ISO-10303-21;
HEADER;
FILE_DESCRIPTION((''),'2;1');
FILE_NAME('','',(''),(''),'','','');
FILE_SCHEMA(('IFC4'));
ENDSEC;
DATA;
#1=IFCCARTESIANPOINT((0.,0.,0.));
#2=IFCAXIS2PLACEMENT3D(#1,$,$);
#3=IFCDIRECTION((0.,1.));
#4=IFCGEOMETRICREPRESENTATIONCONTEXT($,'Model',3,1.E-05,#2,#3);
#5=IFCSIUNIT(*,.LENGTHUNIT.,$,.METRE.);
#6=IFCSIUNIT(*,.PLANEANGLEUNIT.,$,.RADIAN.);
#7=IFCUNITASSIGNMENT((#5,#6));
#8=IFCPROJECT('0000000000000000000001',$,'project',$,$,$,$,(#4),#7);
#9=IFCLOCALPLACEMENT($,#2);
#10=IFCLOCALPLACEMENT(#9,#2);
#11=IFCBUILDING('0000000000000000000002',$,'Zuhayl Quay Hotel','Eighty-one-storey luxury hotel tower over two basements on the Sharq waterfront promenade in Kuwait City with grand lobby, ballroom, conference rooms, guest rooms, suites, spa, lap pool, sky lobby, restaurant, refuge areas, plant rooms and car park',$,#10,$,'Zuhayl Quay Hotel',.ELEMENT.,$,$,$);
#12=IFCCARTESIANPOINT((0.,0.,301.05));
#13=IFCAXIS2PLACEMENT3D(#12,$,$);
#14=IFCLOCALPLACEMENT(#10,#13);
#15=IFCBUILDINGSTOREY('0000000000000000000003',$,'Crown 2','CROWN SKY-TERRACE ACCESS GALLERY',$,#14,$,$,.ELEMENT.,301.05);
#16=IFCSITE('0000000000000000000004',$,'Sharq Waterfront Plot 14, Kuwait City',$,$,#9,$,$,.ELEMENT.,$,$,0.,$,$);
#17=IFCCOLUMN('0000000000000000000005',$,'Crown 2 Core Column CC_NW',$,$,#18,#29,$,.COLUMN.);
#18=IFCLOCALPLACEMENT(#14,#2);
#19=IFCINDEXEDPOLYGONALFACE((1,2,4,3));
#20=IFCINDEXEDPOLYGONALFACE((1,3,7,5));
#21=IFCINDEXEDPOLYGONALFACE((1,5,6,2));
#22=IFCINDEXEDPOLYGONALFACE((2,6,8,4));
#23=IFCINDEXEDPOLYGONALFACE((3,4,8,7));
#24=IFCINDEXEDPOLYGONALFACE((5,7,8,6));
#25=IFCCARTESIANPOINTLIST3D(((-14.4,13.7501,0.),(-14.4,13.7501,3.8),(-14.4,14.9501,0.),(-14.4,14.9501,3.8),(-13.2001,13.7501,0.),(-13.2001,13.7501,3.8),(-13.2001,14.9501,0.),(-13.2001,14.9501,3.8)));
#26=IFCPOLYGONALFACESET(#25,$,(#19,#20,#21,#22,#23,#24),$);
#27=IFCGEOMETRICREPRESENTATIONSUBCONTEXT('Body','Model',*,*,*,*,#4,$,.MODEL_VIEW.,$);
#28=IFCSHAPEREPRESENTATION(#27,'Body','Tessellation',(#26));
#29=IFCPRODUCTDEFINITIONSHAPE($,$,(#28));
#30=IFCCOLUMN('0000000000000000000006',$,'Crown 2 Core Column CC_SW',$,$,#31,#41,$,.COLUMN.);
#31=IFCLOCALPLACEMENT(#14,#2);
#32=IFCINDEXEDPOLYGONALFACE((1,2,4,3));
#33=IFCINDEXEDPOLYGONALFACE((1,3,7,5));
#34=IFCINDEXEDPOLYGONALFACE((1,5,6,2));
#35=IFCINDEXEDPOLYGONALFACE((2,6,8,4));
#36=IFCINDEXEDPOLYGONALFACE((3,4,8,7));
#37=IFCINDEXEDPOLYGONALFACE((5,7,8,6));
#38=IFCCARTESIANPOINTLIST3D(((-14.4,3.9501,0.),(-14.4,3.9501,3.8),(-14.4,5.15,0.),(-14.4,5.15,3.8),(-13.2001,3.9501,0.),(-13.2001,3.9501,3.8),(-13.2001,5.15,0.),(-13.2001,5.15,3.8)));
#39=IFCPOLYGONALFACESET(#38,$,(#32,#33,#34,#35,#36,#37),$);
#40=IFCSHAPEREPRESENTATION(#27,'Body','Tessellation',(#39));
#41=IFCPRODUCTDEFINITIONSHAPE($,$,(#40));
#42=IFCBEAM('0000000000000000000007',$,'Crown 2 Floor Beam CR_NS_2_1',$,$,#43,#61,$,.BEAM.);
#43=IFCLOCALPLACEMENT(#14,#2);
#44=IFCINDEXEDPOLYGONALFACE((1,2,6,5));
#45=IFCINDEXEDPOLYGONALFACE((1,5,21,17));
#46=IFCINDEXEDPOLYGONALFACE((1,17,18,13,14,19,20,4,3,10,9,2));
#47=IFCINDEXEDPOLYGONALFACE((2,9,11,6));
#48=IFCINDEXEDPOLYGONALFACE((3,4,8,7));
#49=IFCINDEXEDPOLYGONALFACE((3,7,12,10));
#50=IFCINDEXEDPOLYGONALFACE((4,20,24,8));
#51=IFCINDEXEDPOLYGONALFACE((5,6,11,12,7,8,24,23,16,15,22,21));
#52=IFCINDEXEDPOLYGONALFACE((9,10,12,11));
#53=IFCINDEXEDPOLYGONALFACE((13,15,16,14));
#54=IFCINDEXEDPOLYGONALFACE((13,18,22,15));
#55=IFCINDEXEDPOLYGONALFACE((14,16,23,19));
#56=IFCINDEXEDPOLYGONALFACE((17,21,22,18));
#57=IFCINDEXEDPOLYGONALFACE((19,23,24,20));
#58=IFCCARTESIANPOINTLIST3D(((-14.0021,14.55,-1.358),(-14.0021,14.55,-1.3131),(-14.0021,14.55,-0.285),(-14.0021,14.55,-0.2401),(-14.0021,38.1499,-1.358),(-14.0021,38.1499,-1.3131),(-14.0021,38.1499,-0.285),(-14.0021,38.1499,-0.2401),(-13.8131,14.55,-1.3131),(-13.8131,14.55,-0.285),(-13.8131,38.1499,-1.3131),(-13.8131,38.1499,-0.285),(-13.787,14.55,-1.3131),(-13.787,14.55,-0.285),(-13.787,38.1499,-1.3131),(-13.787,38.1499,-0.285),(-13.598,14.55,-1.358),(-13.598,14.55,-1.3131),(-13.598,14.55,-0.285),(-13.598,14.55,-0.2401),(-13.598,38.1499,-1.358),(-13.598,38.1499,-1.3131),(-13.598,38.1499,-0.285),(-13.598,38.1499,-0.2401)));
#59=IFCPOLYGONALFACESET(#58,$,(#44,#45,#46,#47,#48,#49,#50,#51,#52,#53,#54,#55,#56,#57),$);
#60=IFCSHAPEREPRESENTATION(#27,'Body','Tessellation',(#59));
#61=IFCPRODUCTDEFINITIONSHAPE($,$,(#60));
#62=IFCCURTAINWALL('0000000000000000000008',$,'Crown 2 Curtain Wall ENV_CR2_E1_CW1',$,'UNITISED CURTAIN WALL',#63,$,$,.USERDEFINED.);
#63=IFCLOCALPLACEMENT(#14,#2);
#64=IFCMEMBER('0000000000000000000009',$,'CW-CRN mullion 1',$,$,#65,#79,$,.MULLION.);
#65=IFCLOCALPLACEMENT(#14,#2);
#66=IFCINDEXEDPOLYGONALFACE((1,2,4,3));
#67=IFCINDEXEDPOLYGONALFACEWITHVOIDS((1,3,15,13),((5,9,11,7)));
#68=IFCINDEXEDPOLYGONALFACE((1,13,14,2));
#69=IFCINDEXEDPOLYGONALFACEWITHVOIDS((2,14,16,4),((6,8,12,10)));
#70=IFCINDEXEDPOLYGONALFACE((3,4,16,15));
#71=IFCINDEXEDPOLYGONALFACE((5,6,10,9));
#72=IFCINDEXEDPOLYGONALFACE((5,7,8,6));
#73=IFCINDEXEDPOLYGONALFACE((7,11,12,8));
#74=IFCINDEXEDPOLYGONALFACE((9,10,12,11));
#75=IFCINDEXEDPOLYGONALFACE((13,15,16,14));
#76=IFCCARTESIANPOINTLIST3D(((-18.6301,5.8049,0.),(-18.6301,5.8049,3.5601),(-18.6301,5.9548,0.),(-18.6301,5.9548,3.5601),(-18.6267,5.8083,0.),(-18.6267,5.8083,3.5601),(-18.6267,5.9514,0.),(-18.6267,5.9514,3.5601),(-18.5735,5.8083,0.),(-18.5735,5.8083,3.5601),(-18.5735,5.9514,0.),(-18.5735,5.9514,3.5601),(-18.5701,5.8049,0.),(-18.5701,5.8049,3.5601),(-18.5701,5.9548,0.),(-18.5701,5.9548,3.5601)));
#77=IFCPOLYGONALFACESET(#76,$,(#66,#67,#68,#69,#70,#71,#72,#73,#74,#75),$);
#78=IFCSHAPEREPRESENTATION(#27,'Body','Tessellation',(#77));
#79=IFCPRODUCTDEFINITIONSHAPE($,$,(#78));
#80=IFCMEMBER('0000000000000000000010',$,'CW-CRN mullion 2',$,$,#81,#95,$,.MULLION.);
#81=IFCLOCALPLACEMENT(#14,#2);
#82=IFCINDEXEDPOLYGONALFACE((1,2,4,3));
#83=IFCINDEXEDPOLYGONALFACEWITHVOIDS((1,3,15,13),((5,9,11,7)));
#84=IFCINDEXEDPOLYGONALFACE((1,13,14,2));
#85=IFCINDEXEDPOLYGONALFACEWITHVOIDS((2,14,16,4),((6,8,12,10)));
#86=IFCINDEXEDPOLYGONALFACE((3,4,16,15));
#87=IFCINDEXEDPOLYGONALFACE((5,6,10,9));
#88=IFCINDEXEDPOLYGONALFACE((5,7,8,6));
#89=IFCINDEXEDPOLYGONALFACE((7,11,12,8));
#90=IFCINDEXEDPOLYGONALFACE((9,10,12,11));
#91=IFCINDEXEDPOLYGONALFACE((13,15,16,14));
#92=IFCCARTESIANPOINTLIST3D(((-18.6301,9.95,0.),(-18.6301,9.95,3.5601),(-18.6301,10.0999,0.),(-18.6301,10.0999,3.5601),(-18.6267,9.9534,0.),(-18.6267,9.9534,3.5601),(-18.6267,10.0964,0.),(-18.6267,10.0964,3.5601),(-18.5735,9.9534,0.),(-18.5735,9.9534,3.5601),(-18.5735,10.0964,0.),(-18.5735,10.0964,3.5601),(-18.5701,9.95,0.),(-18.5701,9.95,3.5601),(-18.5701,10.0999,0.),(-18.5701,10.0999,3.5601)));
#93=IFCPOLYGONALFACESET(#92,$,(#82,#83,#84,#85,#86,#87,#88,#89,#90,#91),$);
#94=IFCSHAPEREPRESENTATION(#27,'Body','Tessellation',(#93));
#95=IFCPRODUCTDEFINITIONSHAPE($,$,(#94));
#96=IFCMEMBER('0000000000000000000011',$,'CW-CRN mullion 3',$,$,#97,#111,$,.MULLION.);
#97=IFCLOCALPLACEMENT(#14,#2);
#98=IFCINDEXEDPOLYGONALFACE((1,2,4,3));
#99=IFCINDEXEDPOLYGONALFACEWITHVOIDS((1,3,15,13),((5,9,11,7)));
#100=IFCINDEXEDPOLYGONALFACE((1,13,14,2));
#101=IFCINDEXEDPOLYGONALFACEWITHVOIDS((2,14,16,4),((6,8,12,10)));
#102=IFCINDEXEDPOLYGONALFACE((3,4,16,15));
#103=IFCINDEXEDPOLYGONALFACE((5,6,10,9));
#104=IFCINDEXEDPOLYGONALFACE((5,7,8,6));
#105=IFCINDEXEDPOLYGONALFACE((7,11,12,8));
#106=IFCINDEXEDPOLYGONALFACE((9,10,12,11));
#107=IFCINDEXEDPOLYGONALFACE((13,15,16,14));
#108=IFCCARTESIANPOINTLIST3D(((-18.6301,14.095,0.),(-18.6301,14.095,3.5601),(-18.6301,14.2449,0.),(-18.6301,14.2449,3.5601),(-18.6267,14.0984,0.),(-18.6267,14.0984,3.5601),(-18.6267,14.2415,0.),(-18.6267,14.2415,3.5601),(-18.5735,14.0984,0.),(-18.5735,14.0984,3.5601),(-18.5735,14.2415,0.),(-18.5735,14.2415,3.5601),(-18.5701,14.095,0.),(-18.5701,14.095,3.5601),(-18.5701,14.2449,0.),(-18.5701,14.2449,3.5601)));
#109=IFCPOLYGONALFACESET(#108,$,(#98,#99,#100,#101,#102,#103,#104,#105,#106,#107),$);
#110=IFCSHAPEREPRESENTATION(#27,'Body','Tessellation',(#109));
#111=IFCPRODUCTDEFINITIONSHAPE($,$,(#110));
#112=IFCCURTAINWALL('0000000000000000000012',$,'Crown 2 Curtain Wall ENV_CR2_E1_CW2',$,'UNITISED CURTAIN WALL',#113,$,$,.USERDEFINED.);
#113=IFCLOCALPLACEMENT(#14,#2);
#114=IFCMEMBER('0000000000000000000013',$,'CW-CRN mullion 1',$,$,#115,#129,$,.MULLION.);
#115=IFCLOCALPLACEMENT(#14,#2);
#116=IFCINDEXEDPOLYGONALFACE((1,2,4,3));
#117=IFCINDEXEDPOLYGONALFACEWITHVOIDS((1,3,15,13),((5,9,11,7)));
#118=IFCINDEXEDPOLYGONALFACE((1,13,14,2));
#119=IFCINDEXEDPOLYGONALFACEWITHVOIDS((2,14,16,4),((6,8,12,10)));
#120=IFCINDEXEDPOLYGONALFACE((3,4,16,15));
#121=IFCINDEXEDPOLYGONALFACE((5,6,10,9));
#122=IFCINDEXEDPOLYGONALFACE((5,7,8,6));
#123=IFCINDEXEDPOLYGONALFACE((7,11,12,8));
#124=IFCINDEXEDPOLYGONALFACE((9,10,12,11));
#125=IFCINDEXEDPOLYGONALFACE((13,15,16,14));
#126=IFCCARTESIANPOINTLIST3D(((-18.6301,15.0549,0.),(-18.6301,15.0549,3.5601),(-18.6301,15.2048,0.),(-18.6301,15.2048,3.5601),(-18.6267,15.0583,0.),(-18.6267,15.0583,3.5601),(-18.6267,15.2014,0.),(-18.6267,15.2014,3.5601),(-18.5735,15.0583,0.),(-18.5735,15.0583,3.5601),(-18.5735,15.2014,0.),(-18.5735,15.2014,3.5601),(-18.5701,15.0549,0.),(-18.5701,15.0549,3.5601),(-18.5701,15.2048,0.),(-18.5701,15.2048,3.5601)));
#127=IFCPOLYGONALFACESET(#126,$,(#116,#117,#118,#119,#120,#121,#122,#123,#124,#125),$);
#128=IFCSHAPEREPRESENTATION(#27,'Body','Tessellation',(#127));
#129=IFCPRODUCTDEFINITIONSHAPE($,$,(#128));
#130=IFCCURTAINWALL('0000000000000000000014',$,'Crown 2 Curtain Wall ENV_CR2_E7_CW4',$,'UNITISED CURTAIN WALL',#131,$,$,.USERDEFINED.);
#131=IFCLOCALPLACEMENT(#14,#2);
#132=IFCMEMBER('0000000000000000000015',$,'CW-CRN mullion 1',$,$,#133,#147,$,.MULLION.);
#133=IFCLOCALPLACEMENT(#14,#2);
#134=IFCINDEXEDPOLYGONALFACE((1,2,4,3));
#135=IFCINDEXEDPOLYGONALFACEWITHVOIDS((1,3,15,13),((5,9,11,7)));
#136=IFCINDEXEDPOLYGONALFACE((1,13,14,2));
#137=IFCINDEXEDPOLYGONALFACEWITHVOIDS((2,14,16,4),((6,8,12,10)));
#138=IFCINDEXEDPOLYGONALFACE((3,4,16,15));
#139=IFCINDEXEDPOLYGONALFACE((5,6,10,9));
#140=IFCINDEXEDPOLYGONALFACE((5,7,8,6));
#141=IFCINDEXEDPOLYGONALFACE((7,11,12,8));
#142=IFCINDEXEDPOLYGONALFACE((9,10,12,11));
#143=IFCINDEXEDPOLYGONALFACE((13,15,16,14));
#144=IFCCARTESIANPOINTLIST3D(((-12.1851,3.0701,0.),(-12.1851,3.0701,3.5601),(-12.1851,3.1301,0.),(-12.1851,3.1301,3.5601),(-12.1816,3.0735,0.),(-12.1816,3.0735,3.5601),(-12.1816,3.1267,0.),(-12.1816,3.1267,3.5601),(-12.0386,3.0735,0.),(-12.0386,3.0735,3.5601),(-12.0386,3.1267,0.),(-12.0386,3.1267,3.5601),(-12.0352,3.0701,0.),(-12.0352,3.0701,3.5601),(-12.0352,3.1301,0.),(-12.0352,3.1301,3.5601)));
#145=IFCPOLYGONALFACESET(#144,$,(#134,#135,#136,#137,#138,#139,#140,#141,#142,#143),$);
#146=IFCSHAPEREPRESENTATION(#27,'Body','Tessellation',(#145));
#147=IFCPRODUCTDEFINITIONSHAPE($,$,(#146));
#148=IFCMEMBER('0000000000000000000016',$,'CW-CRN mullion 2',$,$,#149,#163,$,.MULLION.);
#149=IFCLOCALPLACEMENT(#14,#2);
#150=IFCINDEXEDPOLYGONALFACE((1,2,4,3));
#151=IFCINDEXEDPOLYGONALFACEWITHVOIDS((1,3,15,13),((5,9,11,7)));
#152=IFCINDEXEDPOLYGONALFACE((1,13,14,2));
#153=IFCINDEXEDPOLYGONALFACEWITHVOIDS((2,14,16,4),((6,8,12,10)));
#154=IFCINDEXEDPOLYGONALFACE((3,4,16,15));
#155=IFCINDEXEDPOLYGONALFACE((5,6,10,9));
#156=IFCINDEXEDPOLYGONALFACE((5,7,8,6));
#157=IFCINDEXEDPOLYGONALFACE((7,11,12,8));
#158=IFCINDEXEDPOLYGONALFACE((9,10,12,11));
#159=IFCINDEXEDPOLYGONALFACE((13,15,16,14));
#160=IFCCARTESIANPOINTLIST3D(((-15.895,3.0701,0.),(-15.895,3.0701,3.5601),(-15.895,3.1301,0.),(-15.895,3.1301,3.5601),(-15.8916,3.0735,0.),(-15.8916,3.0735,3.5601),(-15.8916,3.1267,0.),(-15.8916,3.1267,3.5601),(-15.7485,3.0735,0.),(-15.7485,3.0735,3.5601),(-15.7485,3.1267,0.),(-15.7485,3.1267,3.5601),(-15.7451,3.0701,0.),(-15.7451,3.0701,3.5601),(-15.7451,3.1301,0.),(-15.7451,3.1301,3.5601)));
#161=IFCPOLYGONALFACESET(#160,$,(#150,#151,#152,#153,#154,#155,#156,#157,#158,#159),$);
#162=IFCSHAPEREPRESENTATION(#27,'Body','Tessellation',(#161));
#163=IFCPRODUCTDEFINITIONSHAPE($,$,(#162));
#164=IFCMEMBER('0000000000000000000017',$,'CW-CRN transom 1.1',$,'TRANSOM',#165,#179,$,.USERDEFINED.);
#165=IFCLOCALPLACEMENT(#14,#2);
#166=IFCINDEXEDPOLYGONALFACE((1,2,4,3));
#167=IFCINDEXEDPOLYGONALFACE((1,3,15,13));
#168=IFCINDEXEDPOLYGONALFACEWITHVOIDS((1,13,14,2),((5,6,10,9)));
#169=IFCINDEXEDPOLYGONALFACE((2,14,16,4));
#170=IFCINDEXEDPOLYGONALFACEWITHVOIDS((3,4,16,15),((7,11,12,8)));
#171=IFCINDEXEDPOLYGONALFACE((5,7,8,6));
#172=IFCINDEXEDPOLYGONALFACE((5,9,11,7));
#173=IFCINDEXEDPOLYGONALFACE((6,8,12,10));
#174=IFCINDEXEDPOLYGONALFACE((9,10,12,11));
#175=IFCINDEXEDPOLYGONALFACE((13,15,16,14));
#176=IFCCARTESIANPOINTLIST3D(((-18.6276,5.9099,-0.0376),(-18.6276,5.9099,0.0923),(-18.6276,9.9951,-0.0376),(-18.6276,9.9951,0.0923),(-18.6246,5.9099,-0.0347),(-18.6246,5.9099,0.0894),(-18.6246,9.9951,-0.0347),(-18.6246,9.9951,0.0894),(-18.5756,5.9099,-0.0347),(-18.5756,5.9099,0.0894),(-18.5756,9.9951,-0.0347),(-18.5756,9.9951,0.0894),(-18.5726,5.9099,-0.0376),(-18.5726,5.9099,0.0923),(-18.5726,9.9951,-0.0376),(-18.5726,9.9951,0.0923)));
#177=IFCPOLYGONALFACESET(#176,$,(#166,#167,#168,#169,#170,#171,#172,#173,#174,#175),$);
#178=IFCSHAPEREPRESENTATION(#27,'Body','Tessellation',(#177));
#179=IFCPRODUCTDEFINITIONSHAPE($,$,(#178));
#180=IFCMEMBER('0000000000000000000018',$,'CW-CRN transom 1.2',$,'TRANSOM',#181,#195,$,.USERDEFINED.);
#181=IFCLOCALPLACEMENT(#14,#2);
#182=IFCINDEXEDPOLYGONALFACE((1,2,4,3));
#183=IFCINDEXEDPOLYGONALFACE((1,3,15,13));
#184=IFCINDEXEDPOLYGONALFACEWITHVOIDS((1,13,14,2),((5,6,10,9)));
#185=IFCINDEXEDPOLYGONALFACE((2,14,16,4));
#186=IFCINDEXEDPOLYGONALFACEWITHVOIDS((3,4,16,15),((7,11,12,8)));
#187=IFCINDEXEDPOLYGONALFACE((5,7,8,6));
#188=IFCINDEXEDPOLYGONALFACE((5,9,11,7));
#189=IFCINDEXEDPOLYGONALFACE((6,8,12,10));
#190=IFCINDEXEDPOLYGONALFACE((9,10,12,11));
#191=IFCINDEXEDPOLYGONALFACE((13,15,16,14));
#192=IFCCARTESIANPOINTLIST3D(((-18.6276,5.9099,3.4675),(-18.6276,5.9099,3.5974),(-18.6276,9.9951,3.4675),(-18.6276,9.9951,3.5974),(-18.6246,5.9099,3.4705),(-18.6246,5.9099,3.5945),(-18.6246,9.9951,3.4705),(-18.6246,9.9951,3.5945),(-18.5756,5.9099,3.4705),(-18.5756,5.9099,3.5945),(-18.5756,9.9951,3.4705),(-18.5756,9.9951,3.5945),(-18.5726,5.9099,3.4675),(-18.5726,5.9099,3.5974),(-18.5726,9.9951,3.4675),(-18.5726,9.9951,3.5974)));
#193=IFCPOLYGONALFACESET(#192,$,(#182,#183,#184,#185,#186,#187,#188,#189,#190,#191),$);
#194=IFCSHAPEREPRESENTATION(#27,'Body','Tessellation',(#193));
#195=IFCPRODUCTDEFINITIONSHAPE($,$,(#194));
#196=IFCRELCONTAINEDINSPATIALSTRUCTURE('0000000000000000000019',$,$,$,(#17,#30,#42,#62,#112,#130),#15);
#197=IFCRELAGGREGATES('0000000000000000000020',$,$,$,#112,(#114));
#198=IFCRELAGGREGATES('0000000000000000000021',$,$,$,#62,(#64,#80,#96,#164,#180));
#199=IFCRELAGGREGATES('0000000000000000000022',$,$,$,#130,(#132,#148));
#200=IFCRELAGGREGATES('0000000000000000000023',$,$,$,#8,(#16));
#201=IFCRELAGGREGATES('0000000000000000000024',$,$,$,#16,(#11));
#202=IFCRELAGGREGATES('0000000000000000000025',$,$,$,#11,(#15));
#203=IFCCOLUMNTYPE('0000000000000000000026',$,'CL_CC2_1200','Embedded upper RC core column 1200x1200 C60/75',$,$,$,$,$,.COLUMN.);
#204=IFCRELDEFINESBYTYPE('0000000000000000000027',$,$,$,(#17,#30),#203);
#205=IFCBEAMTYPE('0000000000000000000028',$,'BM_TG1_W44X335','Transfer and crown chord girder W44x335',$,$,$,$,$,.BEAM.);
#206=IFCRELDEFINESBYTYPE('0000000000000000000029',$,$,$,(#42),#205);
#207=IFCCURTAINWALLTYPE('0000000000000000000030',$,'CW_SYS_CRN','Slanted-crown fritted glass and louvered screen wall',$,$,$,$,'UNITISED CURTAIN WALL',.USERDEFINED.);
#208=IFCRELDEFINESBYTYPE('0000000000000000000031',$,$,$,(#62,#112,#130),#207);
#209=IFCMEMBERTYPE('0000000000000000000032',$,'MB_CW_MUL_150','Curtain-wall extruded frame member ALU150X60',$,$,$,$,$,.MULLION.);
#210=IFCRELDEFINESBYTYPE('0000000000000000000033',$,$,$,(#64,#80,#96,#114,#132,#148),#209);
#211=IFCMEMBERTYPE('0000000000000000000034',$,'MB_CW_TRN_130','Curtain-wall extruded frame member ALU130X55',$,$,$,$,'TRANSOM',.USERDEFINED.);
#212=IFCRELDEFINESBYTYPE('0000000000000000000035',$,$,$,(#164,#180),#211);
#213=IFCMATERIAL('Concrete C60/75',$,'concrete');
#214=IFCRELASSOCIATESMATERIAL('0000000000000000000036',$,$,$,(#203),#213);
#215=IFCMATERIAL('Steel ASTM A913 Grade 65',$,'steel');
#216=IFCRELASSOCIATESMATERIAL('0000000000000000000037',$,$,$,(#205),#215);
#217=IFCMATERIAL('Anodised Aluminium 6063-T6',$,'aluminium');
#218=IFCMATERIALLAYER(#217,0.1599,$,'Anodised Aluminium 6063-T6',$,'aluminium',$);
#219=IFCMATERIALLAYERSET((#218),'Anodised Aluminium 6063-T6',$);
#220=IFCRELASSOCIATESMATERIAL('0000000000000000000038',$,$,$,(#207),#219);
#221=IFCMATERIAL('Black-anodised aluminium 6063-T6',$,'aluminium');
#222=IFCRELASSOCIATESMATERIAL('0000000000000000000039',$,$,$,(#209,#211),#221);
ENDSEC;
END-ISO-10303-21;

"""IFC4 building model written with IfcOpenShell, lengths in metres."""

from ifc_helpers import new_model, si_unit, direction, frame, origin, origin_2d, place, context, subcontext, project, spatial, rectangle, hollow_rectangle, i_section, extrude, material, layer, layer_set, material_profile, profile_set, type_object, element, aggregate, save


model = new_model("IFC4")

# Units and contexts
model_context = context("Model", 3, precision=1e-05, world=origin(), true_north=direction((0.0, 1.0)))
body_context = subcontext(model_context, "Body", "Model", "MODEL_VIEW")
ifc_project = project(units=[si_unit("LENGTHUNIT", "METRE"), si_unit("PLANEANGLEUNIT", "RADIAN")], contexts=[model_context])

# Site, building, storey
site_placement = place(None, origin())
site = spatial("IfcSite", under=ifc_project, at=site_placement, Name="Sharq Waterfront Plot 14, Kuwait City", CompositionType="ELEMENT", RefElevation=0.0)
building_placement = place(site_placement, origin())
building = spatial("IfcBuilding", under=site, at=building_placement, Name="Zuhayl Quay Hotel", Description="Eighty-one-storey luxury hotel tower over two basements on the Sharq waterfront promenade in Kuwait City with grand lobby, ballroom, conference rooms, guest rooms, suites, spa, lap pool, sky lobby, restaurant, refuge areas, plant rooms and car park", LongName="Zuhayl Quay Hotel", CompositionType="ELEMENT")
storey_placement = place(building_placement, frame((0.0, 0.0, 301.05)))
storey = spatial("IfcBuildingStorey", under=building, at=storey_placement, Name="Crown 2", Description="CROWN SKY-TERRACE ACCESS GALLERY", CompositionType="ELEMENT", Elevation=301.05)

# Columns
ifc_material_1 = material(Name="Concrete C60/75", Category="concrete")
ifc_material_profile_1 = material_profile(ifc_material_1, rectangle(XDim=1.2, YDim=1.2, at=origin_2d()), Name="RC1200X1200")
ifc_profile_set_1 = profile_set([ifc_material_profile_1], Name="Concrete C60/75")
column_type = type_object("IfcColumnType", Name="CL_CC2_1200", Description="Embedded upper RC core column 1200x1200 C60/75", PredefinedType="COLUMN", material=ifc_profile_set_1)
for number, where, z_axis, x_axis, name in (
    (1, (-13.8, 14.3501, 0.0), (0.0, 0.0, 1.0), (1.0, 0.0, 0.0), "Crown 2 Core Column CC_NW"),
    (2, (-13.8, 4.55, 0.0), (0.0, 0.0, 1.0), (1.0, 0.0, 0.0), "Crown 2 Core Column CC_SW"),
):
    element("IfcColumn", number, at=place(storey_placement, frame(where, z_axis=z_axis, x_axis=x_axis)), inside=storey, type_object=column_type, Name=name, PredefinedType="COLUMN", context=body_context, shape_type="SweptSolid", body=[
        extrude(rectangle(XDim=1.2, YDim=1.2, at=origin_2d()), origin(), (0.0, 0.0, 1.0), 3.8),
    ])

# Beam
ifc_material_2 = material(Name="Steel ASTM A913 Grade 65", Category="steel")
ifc_material_profile_2 = material_profile(ifc_material_2, i_section(OverallWidth=0.4041, OverallDepth=1.1179, WebThickness=0.0261, FlangeThickness=0.0449, at=origin_2d()), Name="W44X335")
ifc_profile_set_2 = profile_set([ifc_material_profile_2], Name="Steel ASTM A913 Grade 65")
beam_type = type_object("IfcBeamType", Name="BM_TG1_W44X335", Description="Transfer and crown chord girder W44x335", PredefinedType="BEAM", material=ifc_profile_set_2)
beam_placement = place(storey_placement, frame((-13.8, 14.55, -0.7991), z_axis=(0.0, 1.0, 0.0), x_axis=(-1.0, 0.0, 0.0)))
element("IfcBeam", 3, at=beam_placement, inside=storey, type_object=beam_type, Name="Crown 2 Floor Beam CR_NS_2_1", PredefinedType="BEAM", context=body_context, shape_type="SweptSolid", body=[
    extrude(i_section(OverallWidth=0.4041, OverallDepth=1.1179, WebThickness=0.0261, FlangeThickness=0.0449, at=origin_2d()), origin(), (0.0, 0.0, 1.0), 23.5999),
])

# Curtain wall, members
ifc_material_3 = material(Name="Anodised Aluminium 6063-T6", Category="aluminium")
ifc_layer_1 = layer(ifc_material_3, 0.1599, Name="Anodised Aluminium 6063-T6", Category="aluminium")
ifc_layer_set_1 = layer_set([ifc_layer_1], Name="Anodised Aluminium 6063-T6")
curtain_wall_type = type_object("IfcCurtainWallType", Name="CW_SYS_CRN", Description="Slanted-crown fritted glass and louvered screen wall", ElementType="UNITISED CURTAIN WALL", PredefinedType="USERDEFINED", material=ifc_layer_set_1)
curtain_wall_1_placement = place(storey_placement, origin())
curtain_wall_1 = element("IfcCurtainWall", 4, at=curtain_wall_1_placement, inside=storey, type_object=curtain_wall_type, Name="Crown 2 Curtain Wall ENV_CR2_E1_CW1", ObjectType="UNITISED CURTAIN WALL", PredefinedType="USERDEFINED")
ifc_material_4 = material(Name="Black-anodised aluminium 6063-T6", Category="aluminium")
ifc_material_profile_3 = material_profile(ifc_material_4, hollow_rectangle(XDim=0.0601, YDim=0.1499, WallThickness=0.0034, at=origin_2d()), Name="ALU150X60")
ifc_profile_set_3 = profile_set([ifc_material_profile_3], Name="Black-anodised aluminium 6063-T6")
member_type_1 = type_object("IfcMemberType", Name="MB_CW_MUL_150", Description="Curtain-wall extruded frame member ALU150X60", PredefinedType="MULLION", material=ifc_profile_set_3)
member_1_placement = place(storey_placement, frame((-18.6001, 5.8799, 0.0), z_axis=(0.0, 0.0, 1.0), x_axis=(-1.0, 0.0, 0.0)))
member_1 = element("IfcMember", 5, at=member_1_placement, type_object=member_type_1, Name="CW-CRN mullion 1", PredefinedType="MULLION", context=body_context, shape_type="SweptSolid", body=[
    extrude(hollow_rectangle(XDim=0.0601, YDim=0.1499, WallThickness=0.0034, at=origin_2d()), origin(), (0.0, 0.0, 1.0), 3.5601),
])
member_2_placement = place(storey_placement, frame((-18.6001, 10.0249, 0.0), z_axis=(0.0, 0.0, 1.0), x_axis=(-1.0, 0.0, 0.0)))
member_2 = element("IfcMember", 6, at=member_2_placement, type_object=member_type_1, Name="CW-CRN mullion 2", PredefinedType="MULLION", context=body_context, shape_type="SweptSolid", body=[
    extrude(hollow_rectangle(XDim=0.0601, YDim=0.1499, WallThickness=0.0034, at=origin_2d()), origin(), (0.0, 0.0, 1.0), 3.5601),
])
member_3_placement = place(storey_placement, frame((-18.6001, 14.1699, 0.0), z_axis=(0.0, 0.0, 1.0), x_axis=(-1.0, 0.0, 0.0)))
member_3 = element("IfcMember", 7, at=member_3_placement, type_object=member_type_1, Name="CW-CRN mullion 3", PredefinedType="MULLION", context=body_context, shape_type="SweptSolid", body=[
    extrude(hollow_rectangle(XDim=0.0601, YDim=0.1499, WallThickness=0.0034, at=origin_2d()), origin(), (0.0, 0.0, 1.0), 3.5601),
])

# Curtain wall, member
curtain_wall_2_placement = place(storey_placement, origin())
curtain_wall_2 = element("IfcCurtainWall", 8, at=curtain_wall_2_placement, inside=storey, type_object=curtain_wall_type, Name="Crown 2 Curtain Wall ENV_CR2_E1_CW2", ObjectType="UNITISED CURTAIN WALL", PredefinedType="USERDEFINED")
member_4_placement = place(storey_placement, frame((-18.6001, 15.1299, 0.0), z_axis=(0.0, 0.0, 1.0), x_axis=(-1.0, 0.0, 0.0)))
member_4 = element("IfcMember", 9, at=member_4_placement, type_object=member_type_1, Name="CW-CRN mullion 1", PredefinedType="MULLION", context=body_context, shape_type="SweptSolid", body=[
    extrude(hollow_rectangle(XDim=0.0601, YDim=0.1499, WallThickness=0.0034, at=origin_2d()), origin(), (0.0, 0.0, 1.0), 3.5601),
])

# Curtain wall, members
curtain_wall_3_placement = place(storey_placement, origin())
curtain_wall_3 = element("IfcCurtainWall", 10, at=curtain_wall_3_placement, inside=storey, type_object=curtain_wall_type, Name="Crown 2 Curtain Wall ENV_CR2_E7_CW4", ObjectType="UNITISED CURTAIN WALL", PredefinedType="USERDEFINED")
member_5_placement = place(storey_placement, frame((-12.1101, 3.1001, 0.0), z_axis=(0.0, 0.0, 1.0), x_axis=(0.0, -1.0, 0.0)))
member_5 = element("IfcMember", 11, at=member_5_placement, type_object=member_type_1, Name="CW-CRN mullion 1", PredefinedType="MULLION", context=body_context, shape_type="SweptSolid", body=[
    extrude(hollow_rectangle(XDim=0.0601, YDim=0.1499, WallThickness=0.0034, at=origin_2d()), origin(), (0.0, 0.0, 1.0), 3.5601),
])
member_6_placement = place(storey_placement, frame((-15.8201, 3.1001, 0.0), z_axis=(0.0, 0.0, 1.0), x_axis=(0.0, -1.0, 0.0)))
member_6 = element("IfcMember", 12, at=member_6_placement, type_object=member_type_1, Name="CW-CRN mullion 2", PredefinedType="MULLION", context=body_context, shape_type="SweptSolid", body=[
    extrude(hollow_rectangle(XDim=0.0601, YDim=0.1499, WallThickness=0.0034, at=origin_2d()), origin(), (0.0, 0.0, 1.0), 3.5601),
])

# Members
ifc_material_profile_4 = material_profile(ifc_material_4, hollow_rectangle(XDim=0.0549, YDim=0.1299, WallThickness=0.0029, at=origin_2d()), Name="ALU130X55")
ifc_profile_set_4 = profile_set([ifc_material_profile_4], Name="Black-anodised aluminium 6063-T6")
member_type_2 = type_object("IfcMemberType", Name="MB_CW_TRN_130", Description="Curtain-wall extruded frame member ALU130X55", ElementType="TRANSOM", PredefinedType="USERDEFINED", material=ifc_profile_set_4)
member_7_placement = place(storey_placement, frame((-18.6001, 5.9099, 0.0273), z_axis=(0.0, 1.0, 0.0), x_axis=(-1.0, 0.0, 0.0)))
member_7 = element("IfcMember", 13, at=member_7_placement, type_object=member_type_2, Name="CW-CRN transom 1.1", ObjectType="TRANSOM", PredefinedType="USERDEFINED", context=body_context, shape_type="SweptSolid", body=[
    extrude(hollow_rectangle(XDim=0.0549, YDim=0.1299, WallThickness=0.0029, at=origin_2d()), origin(), (0.0, 0.0, 1.0), 4.0852),
])
member_8_placement = place(storey_placement, frame((-18.6001, 5.9099, 3.5325), z_axis=(0.0, 1.0, 0.0), x_axis=(-1.0, 0.0, 0.0)))
member_8 = element("IfcMember", 14, at=member_8_placement, type_object=member_type_2, Name="CW-CRN transom 1.2", ObjectType="TRANSOM", PredefinedType="USERDEFINED", context=body_context, shape_type="SweptSolid", body=[
    extrude(hollow_rectangle(XDim=0.0549, YDim=0.1299, WallThickness=0.0029, at=origin_2d()), origin(), (0.0, 0.0, 1.0), 4.0852),
])
aggregate(curtain_wall_2, [member_4])

aggregate(curtain_wall_1, [member_1, member_2, member_3, member_7, member_8])
aggregate(curtain_wall_3, [member_5, member_6])

save(model, "model.ifc")
